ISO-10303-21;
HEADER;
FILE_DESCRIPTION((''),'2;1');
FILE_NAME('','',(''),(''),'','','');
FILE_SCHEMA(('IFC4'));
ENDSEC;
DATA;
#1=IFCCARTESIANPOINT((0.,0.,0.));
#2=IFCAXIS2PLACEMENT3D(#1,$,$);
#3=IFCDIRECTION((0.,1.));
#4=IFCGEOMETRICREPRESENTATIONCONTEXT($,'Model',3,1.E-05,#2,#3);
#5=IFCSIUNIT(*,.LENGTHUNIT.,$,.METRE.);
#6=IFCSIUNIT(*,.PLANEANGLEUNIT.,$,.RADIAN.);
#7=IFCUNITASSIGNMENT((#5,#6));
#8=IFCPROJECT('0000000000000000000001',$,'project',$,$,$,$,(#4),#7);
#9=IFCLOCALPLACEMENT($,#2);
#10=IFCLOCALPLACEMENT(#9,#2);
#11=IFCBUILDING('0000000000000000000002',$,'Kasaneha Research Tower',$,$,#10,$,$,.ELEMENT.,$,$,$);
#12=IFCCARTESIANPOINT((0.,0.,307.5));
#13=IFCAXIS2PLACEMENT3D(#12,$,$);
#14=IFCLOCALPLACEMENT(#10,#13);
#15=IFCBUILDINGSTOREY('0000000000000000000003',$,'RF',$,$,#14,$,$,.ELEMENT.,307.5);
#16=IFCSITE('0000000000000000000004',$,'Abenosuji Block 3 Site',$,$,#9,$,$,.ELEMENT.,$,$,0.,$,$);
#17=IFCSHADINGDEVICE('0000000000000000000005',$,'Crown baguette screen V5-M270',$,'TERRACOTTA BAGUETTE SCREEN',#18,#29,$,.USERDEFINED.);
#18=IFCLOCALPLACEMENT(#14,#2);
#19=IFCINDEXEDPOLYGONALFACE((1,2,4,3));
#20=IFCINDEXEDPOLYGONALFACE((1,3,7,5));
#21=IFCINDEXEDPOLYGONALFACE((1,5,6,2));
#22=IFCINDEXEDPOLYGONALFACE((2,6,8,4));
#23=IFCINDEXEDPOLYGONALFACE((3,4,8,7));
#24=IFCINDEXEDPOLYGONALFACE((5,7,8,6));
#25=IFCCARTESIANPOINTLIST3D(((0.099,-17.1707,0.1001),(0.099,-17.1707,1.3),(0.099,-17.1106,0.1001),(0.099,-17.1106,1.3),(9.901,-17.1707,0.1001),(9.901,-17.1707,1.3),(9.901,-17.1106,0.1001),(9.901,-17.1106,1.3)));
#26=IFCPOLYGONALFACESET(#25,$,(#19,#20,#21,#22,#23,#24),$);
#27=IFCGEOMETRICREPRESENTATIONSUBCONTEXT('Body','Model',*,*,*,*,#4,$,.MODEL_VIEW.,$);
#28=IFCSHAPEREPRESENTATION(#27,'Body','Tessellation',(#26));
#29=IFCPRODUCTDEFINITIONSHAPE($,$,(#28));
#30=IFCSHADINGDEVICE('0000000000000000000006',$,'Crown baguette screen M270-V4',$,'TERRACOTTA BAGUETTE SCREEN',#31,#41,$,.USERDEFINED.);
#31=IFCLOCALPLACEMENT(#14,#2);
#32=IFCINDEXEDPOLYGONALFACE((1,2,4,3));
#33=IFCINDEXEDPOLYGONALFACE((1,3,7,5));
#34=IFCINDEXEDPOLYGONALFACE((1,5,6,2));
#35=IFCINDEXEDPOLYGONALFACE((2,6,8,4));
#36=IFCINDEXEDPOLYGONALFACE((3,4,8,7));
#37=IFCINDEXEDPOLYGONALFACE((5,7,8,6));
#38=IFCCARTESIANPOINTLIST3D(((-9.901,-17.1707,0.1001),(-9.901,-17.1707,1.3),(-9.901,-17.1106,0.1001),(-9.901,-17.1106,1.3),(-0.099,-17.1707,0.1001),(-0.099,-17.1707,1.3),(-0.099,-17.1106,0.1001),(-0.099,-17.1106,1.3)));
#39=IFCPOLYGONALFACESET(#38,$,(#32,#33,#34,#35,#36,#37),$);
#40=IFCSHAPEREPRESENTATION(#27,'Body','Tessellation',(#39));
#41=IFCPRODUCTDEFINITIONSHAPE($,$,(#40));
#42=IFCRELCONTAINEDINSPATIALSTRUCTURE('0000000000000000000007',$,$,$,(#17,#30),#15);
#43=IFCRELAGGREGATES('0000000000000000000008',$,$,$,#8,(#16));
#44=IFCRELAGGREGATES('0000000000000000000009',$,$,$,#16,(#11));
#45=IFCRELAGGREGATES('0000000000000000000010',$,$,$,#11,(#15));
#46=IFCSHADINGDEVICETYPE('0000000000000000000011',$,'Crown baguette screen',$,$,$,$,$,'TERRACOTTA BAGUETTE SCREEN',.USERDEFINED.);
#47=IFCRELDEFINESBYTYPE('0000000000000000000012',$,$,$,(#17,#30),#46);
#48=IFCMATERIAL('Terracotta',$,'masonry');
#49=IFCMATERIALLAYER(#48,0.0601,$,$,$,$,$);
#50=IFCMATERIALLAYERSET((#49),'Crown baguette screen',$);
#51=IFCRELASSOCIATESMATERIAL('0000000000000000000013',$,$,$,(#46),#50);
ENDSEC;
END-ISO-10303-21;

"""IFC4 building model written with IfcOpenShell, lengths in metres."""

from ifc_helpers import new_model, si_unit, direction, frame, origin, origin_2d, place, context, subcontext, project, spatial, rectangle, extrude, material, layer, layer_set, type_object, element, save


model = new_model("IFC4")

# Units and contexts
model_context = context("Model", 3, precision=1e-05, world=origin(), true_north=direction((0.0, 1.0)))
body_context = subcontext(model_context, "Body", "Model", "MODEL_VIEW")
ifc_project = project(units=[si_unit("LENGTHUNIT", "METRE"), si_unit("PLANEANGLEUNIT", "RADIAN")], contexts=[model_context])

# Site, building, storey
site_placement = place(None, origin())
site = spatial("IfcSite", under=ifc_project, at=site_placement, Name="Abenosuji Block 3 Site", CompositionType="ELEMENT", RefElevation=0.0)
building_placement = place(site_placement, origin())
building = spatial("IfcBuilding", under=site, at=building_placement, Name="Kasaneha Research Tower", CompositionType="ELEMENT")
storey_placement = place(building_placement, frame((0.0, 0.0, 307.5)))
storey = spatial("IfcBuildingStorey", under=building, at=storey_placement, Name="RF", CompositionType="ELEMENT", Elevation=307.5)

# Shading devices
ifc_material_1 = material(Name="Terracotta", Category="masonry")
ifc_layer_1 = layer(ifc_material_1, 0.0601)
ifc_layer_set_1 = layer_set([ifc_layer_1], Name="Crown baguette screen")
shading_device_type = type_object("IfcShadingDeviceType", Name="Crown baguette screen", ElementType="TERRACOTTA BAGUETTE SCREEN", PredefinedType="USERDEFINED", material=ifc_layer_set_1)
for number, where, z_axis, x_axis, name in (
    (1, (5.0, -17.1406, 0.1001), (0.0, 0.0, 1.0), (-1.0, 0.0, 0.0), "Crown baguette screen V5-M270"),
    (2, (-5.0, -17.1406, 0.1001), (0.0, 0.0, 1.0), (-1.0, 0.0, 0.0), "Crown baguette screen M270-V4"),
):
    element("IfcShadingDevice", number, at=place(storey_placement, frame(where, z_axis=z_axis, x_axis=x_axis)), inside=storey, type_object=shading_device_type, Name=name, ObjectType="TERRACOTTA BAGUETTE SCREEN", PredefinedType="USERDEFINED", context=body_context, shape_type="SweptSolid", body=[
        extrude(rectangle(XDim=9.802, YDim=0.0601, at=origin_2d()), origin(), (0.0, 0.0, 1.0), 1.2),
    ])

save(model, "model.ifc")
